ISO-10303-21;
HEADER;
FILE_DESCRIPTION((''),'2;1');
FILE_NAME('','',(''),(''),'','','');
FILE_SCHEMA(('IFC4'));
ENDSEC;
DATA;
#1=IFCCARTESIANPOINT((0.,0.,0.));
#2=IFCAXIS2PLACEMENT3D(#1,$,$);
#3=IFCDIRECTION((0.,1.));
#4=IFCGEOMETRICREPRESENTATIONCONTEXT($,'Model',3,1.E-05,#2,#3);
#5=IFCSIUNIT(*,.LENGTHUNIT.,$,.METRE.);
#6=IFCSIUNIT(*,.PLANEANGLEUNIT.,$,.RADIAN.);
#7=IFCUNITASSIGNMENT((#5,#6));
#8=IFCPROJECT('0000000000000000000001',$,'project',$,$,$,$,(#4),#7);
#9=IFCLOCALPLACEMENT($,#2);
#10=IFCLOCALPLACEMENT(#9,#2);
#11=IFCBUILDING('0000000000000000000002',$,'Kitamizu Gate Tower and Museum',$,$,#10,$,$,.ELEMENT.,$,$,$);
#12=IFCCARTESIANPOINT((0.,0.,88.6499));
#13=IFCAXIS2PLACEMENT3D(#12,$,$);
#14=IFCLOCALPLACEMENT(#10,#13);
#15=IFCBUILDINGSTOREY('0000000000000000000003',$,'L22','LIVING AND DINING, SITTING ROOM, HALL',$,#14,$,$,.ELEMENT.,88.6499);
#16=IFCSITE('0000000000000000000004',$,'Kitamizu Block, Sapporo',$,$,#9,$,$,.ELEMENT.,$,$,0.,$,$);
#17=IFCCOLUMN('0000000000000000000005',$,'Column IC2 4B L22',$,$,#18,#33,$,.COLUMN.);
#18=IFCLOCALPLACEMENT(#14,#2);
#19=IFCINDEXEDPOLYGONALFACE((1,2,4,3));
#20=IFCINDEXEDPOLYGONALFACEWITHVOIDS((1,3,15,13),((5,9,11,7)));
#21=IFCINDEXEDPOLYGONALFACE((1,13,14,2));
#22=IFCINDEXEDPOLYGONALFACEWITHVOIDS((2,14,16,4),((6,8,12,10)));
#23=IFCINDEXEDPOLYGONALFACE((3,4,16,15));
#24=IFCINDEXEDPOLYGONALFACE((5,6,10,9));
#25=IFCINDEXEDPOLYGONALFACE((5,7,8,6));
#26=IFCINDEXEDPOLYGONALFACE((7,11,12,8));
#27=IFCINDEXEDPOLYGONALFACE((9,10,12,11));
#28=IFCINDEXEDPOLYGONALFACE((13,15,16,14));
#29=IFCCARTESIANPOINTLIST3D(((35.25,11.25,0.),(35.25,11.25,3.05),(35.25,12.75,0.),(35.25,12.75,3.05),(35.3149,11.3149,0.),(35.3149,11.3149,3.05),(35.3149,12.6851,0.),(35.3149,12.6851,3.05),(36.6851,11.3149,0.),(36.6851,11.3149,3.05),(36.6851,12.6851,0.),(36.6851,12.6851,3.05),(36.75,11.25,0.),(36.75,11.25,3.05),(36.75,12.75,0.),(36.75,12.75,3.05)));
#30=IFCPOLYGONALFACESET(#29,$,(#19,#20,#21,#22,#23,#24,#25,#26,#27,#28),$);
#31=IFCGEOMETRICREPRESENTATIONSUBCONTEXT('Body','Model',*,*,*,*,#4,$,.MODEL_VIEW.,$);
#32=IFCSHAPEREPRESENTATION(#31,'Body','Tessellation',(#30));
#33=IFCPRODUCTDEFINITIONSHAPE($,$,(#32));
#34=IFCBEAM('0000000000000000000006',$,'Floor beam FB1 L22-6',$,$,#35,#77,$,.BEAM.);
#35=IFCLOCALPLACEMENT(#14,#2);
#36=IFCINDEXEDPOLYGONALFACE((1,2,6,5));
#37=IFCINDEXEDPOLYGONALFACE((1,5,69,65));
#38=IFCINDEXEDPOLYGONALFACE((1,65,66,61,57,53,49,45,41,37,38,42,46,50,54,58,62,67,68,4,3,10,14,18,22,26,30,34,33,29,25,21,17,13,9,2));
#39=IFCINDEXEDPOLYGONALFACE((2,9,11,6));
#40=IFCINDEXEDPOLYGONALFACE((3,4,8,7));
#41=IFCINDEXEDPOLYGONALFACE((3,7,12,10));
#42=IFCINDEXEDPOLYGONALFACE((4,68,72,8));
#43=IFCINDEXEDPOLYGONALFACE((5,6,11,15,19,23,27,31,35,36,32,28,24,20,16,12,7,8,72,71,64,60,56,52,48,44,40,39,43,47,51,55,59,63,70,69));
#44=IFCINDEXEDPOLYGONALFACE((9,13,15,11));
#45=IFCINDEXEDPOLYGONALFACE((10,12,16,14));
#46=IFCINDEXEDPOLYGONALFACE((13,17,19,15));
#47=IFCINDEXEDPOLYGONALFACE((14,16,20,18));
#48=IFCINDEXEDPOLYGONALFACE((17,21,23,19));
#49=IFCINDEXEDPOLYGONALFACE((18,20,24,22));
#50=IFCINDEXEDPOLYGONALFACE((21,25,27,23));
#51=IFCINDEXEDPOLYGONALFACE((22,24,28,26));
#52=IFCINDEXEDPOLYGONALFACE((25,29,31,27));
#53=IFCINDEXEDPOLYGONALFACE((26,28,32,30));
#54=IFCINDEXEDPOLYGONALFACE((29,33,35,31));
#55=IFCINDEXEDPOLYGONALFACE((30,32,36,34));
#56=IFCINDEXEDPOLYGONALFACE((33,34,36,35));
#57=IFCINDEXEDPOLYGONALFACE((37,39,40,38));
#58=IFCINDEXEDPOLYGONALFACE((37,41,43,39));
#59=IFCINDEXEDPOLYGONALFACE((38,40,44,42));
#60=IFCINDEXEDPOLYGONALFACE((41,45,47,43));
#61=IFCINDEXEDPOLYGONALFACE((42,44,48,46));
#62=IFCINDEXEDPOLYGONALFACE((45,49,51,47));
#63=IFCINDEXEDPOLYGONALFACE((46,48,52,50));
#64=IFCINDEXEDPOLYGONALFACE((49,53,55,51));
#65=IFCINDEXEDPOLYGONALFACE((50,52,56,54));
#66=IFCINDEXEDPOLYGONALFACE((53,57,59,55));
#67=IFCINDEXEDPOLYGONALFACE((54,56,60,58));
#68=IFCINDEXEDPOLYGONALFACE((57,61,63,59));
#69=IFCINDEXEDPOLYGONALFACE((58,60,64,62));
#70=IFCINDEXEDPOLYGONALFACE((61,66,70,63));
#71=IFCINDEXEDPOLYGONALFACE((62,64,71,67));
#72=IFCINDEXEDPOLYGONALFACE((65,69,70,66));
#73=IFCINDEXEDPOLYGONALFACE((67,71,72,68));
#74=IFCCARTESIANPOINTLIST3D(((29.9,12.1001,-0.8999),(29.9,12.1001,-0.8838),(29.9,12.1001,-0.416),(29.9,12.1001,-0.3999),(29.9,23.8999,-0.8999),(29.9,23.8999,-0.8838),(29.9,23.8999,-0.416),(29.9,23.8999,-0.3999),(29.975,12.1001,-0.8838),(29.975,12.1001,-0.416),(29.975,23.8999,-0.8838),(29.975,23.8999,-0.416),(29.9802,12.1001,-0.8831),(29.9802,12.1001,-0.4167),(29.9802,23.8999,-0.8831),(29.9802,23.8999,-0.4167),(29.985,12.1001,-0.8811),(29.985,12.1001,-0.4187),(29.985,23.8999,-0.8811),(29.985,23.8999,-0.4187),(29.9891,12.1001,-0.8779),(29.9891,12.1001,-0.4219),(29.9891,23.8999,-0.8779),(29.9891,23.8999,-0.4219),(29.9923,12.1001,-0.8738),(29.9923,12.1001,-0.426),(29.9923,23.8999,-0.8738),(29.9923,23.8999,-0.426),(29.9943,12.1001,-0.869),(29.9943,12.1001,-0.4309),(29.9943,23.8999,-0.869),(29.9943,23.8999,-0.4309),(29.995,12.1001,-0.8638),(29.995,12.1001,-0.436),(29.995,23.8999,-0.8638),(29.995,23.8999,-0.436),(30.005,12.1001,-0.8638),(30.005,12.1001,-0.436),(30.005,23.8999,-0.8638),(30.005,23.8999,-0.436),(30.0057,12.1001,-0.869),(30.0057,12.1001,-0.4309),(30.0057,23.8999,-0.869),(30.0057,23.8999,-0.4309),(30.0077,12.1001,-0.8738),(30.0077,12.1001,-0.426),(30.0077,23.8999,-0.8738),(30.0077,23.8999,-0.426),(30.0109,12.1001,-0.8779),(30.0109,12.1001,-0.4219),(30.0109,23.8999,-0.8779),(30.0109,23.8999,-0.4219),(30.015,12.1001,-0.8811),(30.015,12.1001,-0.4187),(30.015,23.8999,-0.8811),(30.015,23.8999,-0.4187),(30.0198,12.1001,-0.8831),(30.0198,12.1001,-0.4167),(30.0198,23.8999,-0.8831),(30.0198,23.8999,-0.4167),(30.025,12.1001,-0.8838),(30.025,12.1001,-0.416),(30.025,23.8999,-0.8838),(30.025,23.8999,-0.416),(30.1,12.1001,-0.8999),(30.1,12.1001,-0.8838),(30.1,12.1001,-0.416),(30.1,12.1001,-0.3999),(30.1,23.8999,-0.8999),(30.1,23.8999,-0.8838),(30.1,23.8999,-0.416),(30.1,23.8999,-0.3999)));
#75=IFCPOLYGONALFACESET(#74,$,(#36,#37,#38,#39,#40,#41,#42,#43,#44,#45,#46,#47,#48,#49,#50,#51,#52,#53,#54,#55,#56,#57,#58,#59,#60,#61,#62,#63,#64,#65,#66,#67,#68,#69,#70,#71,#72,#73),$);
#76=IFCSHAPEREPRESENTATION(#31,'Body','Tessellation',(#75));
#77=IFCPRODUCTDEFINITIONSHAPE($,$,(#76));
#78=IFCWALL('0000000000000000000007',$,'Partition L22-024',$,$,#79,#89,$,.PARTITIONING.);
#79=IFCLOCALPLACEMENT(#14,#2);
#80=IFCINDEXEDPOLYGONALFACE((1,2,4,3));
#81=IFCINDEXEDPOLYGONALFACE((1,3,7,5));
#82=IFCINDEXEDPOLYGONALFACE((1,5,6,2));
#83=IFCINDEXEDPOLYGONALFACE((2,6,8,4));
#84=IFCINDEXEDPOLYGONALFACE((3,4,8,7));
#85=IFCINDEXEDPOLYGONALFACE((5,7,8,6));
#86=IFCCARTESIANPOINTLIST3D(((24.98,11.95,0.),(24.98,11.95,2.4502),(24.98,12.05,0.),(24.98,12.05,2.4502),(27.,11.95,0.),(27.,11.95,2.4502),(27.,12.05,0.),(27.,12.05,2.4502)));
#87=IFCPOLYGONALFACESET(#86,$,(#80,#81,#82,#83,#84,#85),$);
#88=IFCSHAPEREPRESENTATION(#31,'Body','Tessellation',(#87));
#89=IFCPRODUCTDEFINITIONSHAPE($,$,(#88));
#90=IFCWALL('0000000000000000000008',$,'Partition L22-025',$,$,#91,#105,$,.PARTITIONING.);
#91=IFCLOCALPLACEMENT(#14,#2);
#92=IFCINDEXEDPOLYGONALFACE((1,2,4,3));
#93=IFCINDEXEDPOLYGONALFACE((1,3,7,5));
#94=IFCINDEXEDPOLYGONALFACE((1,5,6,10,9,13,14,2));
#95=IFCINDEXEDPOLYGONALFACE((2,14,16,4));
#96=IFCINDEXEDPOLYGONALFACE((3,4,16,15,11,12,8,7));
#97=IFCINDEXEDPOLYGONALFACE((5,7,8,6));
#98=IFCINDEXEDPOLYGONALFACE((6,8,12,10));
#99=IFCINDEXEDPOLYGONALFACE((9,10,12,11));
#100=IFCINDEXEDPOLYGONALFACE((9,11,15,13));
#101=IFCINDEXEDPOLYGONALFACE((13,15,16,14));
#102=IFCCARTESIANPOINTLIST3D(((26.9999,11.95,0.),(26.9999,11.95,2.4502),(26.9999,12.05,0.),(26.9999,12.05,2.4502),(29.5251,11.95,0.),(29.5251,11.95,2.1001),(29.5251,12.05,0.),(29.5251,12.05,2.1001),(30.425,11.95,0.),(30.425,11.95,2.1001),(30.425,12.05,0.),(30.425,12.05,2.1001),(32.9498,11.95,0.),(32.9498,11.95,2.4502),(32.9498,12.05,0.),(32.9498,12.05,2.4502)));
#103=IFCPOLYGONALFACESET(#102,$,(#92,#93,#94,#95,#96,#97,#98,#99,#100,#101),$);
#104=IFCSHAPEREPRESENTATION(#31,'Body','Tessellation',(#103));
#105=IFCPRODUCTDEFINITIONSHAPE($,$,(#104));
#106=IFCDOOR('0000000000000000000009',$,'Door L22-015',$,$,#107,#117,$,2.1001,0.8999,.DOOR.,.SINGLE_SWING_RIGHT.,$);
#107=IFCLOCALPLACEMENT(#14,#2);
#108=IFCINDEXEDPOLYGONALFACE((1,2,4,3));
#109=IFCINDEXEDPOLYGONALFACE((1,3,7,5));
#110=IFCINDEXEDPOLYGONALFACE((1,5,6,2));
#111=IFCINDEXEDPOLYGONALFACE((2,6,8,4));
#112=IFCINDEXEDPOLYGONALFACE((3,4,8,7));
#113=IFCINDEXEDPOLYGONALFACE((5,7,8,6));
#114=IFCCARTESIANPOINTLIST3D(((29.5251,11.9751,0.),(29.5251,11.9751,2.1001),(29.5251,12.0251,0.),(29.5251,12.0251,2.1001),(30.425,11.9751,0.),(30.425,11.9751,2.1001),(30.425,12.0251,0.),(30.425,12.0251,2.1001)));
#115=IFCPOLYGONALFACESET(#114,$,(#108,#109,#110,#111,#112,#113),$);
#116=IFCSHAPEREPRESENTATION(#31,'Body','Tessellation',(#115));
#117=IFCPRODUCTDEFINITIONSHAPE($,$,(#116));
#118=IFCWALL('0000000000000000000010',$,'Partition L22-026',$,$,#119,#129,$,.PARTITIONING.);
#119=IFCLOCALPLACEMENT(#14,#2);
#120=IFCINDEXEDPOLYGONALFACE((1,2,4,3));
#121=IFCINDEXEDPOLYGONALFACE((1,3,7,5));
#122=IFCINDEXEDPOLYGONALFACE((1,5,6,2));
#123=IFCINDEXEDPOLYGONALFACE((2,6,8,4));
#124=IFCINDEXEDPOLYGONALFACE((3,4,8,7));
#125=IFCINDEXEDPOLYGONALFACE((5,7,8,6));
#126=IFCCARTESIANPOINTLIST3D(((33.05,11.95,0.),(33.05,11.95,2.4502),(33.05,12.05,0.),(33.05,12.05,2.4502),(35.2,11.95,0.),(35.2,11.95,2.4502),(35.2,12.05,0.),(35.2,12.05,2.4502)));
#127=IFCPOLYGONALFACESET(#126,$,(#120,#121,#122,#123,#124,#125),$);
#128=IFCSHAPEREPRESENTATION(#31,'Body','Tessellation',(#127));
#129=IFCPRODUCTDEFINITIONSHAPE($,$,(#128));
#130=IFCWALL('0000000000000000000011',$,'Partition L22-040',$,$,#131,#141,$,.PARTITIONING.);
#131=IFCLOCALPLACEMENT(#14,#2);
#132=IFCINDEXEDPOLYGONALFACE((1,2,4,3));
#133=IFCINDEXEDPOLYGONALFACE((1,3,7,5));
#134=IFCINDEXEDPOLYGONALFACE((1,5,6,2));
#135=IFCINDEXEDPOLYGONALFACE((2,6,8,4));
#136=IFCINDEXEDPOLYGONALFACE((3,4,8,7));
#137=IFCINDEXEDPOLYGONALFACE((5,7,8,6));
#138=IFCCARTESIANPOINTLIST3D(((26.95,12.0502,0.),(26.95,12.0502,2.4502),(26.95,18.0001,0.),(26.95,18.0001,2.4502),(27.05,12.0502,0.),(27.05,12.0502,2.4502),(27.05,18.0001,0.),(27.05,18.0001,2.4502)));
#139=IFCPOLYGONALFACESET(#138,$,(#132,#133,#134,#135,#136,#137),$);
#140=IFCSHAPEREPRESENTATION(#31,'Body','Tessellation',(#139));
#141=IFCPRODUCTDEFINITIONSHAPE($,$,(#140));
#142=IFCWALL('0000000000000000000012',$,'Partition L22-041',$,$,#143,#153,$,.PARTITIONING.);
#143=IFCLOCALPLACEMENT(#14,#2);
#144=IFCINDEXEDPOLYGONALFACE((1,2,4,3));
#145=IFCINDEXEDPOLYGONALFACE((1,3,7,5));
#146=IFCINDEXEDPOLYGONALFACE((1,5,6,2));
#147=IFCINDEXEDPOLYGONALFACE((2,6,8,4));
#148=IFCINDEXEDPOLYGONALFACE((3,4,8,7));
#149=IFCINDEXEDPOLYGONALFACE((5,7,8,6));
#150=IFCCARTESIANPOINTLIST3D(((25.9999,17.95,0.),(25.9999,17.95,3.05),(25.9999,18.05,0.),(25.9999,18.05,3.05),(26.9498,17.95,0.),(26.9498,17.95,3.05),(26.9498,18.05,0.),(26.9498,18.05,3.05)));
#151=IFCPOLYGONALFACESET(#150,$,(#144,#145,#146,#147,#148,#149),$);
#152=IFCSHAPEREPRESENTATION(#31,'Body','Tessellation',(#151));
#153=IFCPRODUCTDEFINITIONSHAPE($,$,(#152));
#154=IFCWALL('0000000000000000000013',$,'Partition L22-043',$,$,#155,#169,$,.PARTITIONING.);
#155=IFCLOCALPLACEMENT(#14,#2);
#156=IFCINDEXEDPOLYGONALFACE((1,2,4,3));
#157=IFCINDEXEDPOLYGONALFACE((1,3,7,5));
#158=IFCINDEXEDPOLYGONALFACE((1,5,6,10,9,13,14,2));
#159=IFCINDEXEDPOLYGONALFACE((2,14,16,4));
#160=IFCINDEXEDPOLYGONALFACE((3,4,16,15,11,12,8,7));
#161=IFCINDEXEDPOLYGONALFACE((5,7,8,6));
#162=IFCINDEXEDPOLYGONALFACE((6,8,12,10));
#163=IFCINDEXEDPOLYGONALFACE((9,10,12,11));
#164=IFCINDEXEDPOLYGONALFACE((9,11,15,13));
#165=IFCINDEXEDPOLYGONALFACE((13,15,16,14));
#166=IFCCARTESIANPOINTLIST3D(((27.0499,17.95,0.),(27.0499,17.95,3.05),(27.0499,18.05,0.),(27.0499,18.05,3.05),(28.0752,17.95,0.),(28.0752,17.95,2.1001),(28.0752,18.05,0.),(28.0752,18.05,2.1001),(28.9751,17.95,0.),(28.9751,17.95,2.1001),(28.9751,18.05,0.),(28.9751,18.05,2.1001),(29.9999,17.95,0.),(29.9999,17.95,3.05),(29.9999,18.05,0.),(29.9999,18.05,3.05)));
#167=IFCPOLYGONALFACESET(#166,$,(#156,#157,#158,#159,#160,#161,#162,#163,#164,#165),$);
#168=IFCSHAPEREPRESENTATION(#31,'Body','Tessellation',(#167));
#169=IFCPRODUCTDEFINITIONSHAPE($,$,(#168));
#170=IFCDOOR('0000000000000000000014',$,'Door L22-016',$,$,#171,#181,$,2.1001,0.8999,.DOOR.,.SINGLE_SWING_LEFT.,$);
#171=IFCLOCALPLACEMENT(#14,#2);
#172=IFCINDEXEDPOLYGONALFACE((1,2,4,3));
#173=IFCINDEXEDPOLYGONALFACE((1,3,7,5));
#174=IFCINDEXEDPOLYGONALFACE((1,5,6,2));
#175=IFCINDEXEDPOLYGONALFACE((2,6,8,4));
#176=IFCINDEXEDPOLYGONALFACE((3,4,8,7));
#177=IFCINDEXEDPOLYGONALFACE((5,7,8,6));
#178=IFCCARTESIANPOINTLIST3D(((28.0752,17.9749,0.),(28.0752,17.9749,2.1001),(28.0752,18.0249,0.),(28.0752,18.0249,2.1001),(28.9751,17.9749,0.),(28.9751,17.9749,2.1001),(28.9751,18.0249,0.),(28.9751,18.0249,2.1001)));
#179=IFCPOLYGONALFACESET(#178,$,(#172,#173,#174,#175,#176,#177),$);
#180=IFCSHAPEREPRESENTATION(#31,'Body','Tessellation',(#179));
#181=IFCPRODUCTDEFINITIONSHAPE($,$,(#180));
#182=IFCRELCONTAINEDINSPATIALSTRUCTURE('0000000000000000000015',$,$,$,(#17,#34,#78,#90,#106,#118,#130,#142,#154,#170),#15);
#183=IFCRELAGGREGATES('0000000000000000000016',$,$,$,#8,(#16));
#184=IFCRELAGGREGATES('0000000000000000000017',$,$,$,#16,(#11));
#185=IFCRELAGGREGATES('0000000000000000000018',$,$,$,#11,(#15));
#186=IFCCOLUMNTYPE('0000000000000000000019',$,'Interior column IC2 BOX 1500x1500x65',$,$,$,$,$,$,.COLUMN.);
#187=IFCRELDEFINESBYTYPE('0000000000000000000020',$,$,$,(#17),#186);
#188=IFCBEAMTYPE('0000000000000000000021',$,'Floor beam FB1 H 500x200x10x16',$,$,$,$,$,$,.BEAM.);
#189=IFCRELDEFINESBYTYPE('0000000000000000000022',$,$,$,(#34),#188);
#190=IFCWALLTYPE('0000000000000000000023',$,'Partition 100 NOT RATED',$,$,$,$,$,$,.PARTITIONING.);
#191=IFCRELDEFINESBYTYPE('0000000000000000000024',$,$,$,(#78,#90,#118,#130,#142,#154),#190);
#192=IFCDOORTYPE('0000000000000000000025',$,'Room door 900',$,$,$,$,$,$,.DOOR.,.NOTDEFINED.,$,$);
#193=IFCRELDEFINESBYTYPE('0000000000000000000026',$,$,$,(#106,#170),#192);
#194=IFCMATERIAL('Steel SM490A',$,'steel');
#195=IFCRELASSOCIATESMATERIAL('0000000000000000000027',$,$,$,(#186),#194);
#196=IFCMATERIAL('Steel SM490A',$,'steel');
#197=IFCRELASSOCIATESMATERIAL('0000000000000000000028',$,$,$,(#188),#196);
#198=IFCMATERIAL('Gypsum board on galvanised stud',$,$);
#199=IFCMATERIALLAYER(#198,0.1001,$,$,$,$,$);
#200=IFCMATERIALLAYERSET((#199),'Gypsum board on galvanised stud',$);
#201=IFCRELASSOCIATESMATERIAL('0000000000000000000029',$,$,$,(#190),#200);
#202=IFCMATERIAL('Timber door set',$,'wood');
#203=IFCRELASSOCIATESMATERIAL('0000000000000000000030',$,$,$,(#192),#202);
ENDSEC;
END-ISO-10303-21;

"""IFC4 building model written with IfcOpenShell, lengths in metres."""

from ifc_helpers import new_model, si_unit, direction, frame, frame_2d, origin, origin_2d, place, context, subcontext, project, spatial, rectangle, hollow_rectangle, i_section, extrude, material, layer, layer_set, material_profile, profile_set, type_object, element, fill, save


model = new_model("IFC4")

# Units and contexts
model_context = context("Model", 3, precision=1e-05, world=origin(), true_north=direction((0.0, 1.0)))
body_context = subcontext(model_context, "Body", "Model", "MODEL_VIEW")
ifc_project = project(units=[si_unit("LENGTHUNIT", "METRE"), si_unit("PLANEANGLEUNIT", "RADIAN")], contexts=[model_context])

# Site, building, storey
site_placement = place(None, origin())
site = spatial("IfcSite", under=ifc_project, at=site_placement, Name="Kitamizu Block, Sapporo", CompositionType="ELEMENT", RefElevation=0.0)
building_placement = place(site_placement, origin())
building = spatial("IfcBuilding", under=site, at=building_placement, Name="Kitamizu Gate Tower and Museum", CompositionType="ELEMENT")
storey_placement = place(building_placement, frame((0.0, 0.0, 88.6499)))
storey = spatial("IfcBuildingStorey", under=building, at=storey_placement, Name="L22", Description="LIVING AND DINING, SITTING ROOM, HALL", CompositionType="ELEMENT", Elevation=88.6499)

# Column
ifc_material_1 = material(Name="Steel SM490A", Category="steel")
ifc_material_profile_1 = material_profile(ifc_material_1, hollow_rectangle(XDim=1.5, YDim=1.5, WallThickness=0.0649, at=origin_2d()), Name="BOX 1500x1500x65")
ifc_profile_set_1 = profile_set([ifc_material_profile_1], Name="Steel SM490A")
column_type = type_object("IfcColumnType", Name="Interior column IC2 BOX 1500x1500x65", PredefinedType="COLUMN", material=ifc_profile_set_1)
column_placement = place(storey_placement, frame((36.0, 12.0, 0.0), z_axis=(0.0, 0.0, 1.0), x_axis=(1.0, 0.0, 0.0)))
element("IfcColumn", 1, at=column_placement, inside=storey, type_object=column_type, Name="Column IC2 4B L22", PredefinedType="COLUMN", context=body_context, shape_type="SweptSolid", body=[
    extrude(hollow_rectangle(XDim=1.5, YDim=1.5, WallThickness=0.0649, at=origin_2d()), origin(), (0.0, 0.0, 1.0), 3.05),
])

# Beam
ifc_material_2 = material(Name="Steel SM490A", Category="steel")
ifc_material_profile_2 = material_profile(ifc_material_2, i_section(OverallWidth=0.2, OverallDepth=0.5, WebThickness=0.01, FlangeThickness=0.0161, FilletRadius=0.02, at=origin_2d()), Name="H-500x200x10x16")
ifc_profile_set_2 = profile_set([ifc_material_profile_2], Name="Steel SM490A")
beam_type = type_object("IfcBeamType", Name="Floor beam FB1 H 500x200x10x16", PredefinedType="BEAM", material=ifc_profile_set_2)
beam_placement = place(storey_placement, frame((30.0, 12.1001, -0.6499), z_axis=(0.0, 1.0, 0.0), x_axis=(-1.0, 0.0, 0.0)))
element("IfcBeam", 2, at=beam_placement, inside=storey, type_object=beam_type, Name="Floor beam FB1 L22-6", PredefinedType="BEAM", context=body_context, shape_type="SweptSolid", body=[
    extrude(i_section(OverallWidth=0.2, OverallDepth=0.5, WebThickness=0.01, FlangeThickness=0.0161, FilletRadius=0.02, at=origin_2d()), origin(), (0.0, 0.0, 1.0), 11.7998),
])

# Wall
ifc_material_3 = material(Name="Gypsum board on galvanised stud")
ifc_layer = layer(ifc_material_3, 0.1001)
ifc_layer_set = layer_set([ifc_layer], Name="Gypsum board on galvanised stud")
wall_type = type_object("IfcWallType", Name="Partition 100 NOT RATED", PredefinedType="PARTITIONING", material=ifc_layer_set)
wall_1_placement = place(storey_placement, frame((27.0, 12.0, 0.0), z_axis=(0.0, 0.0, 1.0), x_axis=(-1.0, 0.0, 0.0)))
element("IfcWall", 3, at=wall_1_placement, inside=storey, type_object=wall_type, Name="Partition L22-024", PredefinedType="PARTITIONING", context=body_context, shape_type="SweptSolid", body=[
    extrude(rectangle(XDim=2.02, YDim=0.1001, at=frame_2d((1.01, 0.0))), origin(), (0.0, 0.0, 1.0), 2.4502),
])

# Wall, opening, door
wall_2_placement = place(storey_placement, frame((32.95, 12.0, 0.0), z_axis=(0.0, 0.0, 1.0), x_axis=(-1.0, 0.0, 0.0)))
wall_2 = element("IfcWall", 4, at=wall_2_placement, inside=storey, type_object=wall_type, Name="Partition L22-025", PredefinedType="PARTITIONING", context=body_context, shape_type="SweptSolid", body=[
    extrude(rectangle(XDim=5.95, YDim=0.1001, at=frame_2d((2.9751, 0.0))), origin(), (0.0, 0.0, 1.0), 2.4502),
])
opening_1_placement = place(wall_2_placement, frame((2.5249, 0.0, 0.0)))
opening_1 = element("IfcOpeningElement", 5, at=opening_1_placement, cuts=wall_2, PredefinedType="OPENING", context=body_context, shape_type="SweptSolid", body=[
    extrude(rectangle(XDim=0.8999, YDim=2.1001, at=frame_2d((0.45, 1.05))), frame((0.0, 0.0601, 0.0), z_axis=(0.0, -1.0, 0.0), x_axis=(1.0, 0.0, 0.0)), (0.0, 0.0, 1.0), 0.1201),
])
ifc_material_4 = material(Name="Timber door set", Category="wood")
door_type = type_object("IfcDoorType", Name="Room door 900", OperationType="NOTDEFINED", PredefinedType="DOOR", material=ifc_material_4)
door_1_placement = place(opening_1_placement, origin())
door_1 = element("IfcDoor", 6, at=door_1_placement, inside=storey, type_object=door_type, Name="Door L22-015", OperationType="SINGLE_SWING_RIGHT", OverallHeight=2.1001, OverallWidth=0.8999, PredefinedType="DOOR", context=body_context, shape_type="SweptSolid", body=[
    extrude(rectangle(XDim=0.8999, YDim=2.1001, at=frame_2d((0.45, 1.05))), frame((0.0, 0.0249, 0.0), z_axis=(0.0, -1.0, 0.0), x_axis=(1.0, 0.0, 0.0)), (0.0, 0.0, 1.0), 0.05),
])
fill(opening_1, door_1)

# Walls
wall_3_placement = place(storey_placement, frame((35.2, 12.0, 0.0), z_axis=(0.0, 0.0, 1.0), x_axis=(-1.0, 0.0, 0.0)))
element("IfcWall", 7, at=wall_3_placement, inside=storey, type_object=wall_type, Name="Partition L22-026", PredefinedType="PARTITIONING", context=body_context, shape_type="SweptSolid", body=[
    extrude(rectangle(XDim=2.1499, YDim=0.1001, at=frame_2d((1.075, 0.0))), origin(), (0.0, 0.0, 1.0), 2.4502),
])
wall_4_placement = place(storey_placement, frame((27.0, 12.05, 0.0), z_axis=(0.0, 0.0, 1.0), x_axis=(0.0, 1.0, 0.0)))
element("IfcWall", 8, at=wall_4_placement, inside=storey, type_object=wall_type, Name="Partition L22-040", PredefinedType="PARTITIONING", context=body_context, shape_type="SweptSolid", body=[
    extrude(rectangle(XDim=5.95, YDim=0.1001, at=frame_2d((2.9751, 0.0))), origin(), (0.0, 0.0, 1.0), 2.4502),
])
wall_5_placement = place(storey_placement, frame((26.95, 18.0, 0.0), z_axis=(0.0, 0.0, 1.0), x_axis=(-1.0, 0.0, 0.0)))
element("IfcWall", 9, at=wall_5_placement, inside=storey, type_object=wall_type, Name="Partition L22-041", PredefinedType="PARTITIONING", context=body_context, shape_type="SweptSolid", body=[
    extrude(rectangle(XDim=0.95, YDim=0.1001, at=frame_2d((0.4751, 0.0))), origin(), (0.0, 0.0, 1.0), 3.05),
])

# Wall, opening, door
wall_6_placement = place(storey_placement, frame((30.0, 18.0, 0.0), z_axis=(0.0, 0.0, 1.0), x_axis=(-1.0, 0.0, 0.0)))
wall_6 = element("IfcWall", 10, at=wall_6_placement, inside=storey, type_object=wall_type, Name="Partition L22-043", PredefinedType="PARTITIONING", context=body_context, shape_type="SweptSolid", body=[
    extrude(rectangle(XDim=2.95, YDim=0.1001, at=frame_2d((1.4751, 0.0))), origin(), (0.0, 0.0, 1.0), 3.05),
])
opening_2_placement = place(wall_6_placement, frame((1.0249, 0.0, 0.0)))
opening_2 = element("IfcOpeningElement", 11, at=opening_2_placement, cuts=wall_6, PredefinedType="OPENING", context=body_context, shape_type="SweptSolid", body=[
    extrude(rectangle(XDim=0.8999, YDim=2.1001, at=frame_2d((0.45, 1.05))), frame((0.0, 0.0601, 0.0), z_axis=(0.0, -1.0, 0.0), x_axis=(1.0, 0.0, 0.0)), (0.0, 0.0, 1.0), 0.1201),
])
door_2_placement = place(opening_2_placement, frame((0.8999, 0.0, 0.0), x_axis=(-1.0, 0.0, 0.0)))
door_2 = element("IfcDoor", 12, at=door_2_placement, inside=storey, type_object=door_type, Name="Door L22-016", OperationType="SINGLE_SWING_LEFT", OverallHeight=2.1001, OverallWidth=0.8999, PredefinedType="DOOR", context=body_context, shape_type="SweptSolid", body=[
    extrude(rectangle(XDim=0.8999, YDim=2.1001, at=frame_2d((0.45, 1.05))), frame((0.0, 0.0249, 0.0), z_axis=(0.0, -1.0, 0.0), x_axis=(1.0, 0.0, 0.0)), (0.0, 0.0, 1.0), 0.05),
])
fill(opening_2, door_2)

save(model, "model.ifc")
